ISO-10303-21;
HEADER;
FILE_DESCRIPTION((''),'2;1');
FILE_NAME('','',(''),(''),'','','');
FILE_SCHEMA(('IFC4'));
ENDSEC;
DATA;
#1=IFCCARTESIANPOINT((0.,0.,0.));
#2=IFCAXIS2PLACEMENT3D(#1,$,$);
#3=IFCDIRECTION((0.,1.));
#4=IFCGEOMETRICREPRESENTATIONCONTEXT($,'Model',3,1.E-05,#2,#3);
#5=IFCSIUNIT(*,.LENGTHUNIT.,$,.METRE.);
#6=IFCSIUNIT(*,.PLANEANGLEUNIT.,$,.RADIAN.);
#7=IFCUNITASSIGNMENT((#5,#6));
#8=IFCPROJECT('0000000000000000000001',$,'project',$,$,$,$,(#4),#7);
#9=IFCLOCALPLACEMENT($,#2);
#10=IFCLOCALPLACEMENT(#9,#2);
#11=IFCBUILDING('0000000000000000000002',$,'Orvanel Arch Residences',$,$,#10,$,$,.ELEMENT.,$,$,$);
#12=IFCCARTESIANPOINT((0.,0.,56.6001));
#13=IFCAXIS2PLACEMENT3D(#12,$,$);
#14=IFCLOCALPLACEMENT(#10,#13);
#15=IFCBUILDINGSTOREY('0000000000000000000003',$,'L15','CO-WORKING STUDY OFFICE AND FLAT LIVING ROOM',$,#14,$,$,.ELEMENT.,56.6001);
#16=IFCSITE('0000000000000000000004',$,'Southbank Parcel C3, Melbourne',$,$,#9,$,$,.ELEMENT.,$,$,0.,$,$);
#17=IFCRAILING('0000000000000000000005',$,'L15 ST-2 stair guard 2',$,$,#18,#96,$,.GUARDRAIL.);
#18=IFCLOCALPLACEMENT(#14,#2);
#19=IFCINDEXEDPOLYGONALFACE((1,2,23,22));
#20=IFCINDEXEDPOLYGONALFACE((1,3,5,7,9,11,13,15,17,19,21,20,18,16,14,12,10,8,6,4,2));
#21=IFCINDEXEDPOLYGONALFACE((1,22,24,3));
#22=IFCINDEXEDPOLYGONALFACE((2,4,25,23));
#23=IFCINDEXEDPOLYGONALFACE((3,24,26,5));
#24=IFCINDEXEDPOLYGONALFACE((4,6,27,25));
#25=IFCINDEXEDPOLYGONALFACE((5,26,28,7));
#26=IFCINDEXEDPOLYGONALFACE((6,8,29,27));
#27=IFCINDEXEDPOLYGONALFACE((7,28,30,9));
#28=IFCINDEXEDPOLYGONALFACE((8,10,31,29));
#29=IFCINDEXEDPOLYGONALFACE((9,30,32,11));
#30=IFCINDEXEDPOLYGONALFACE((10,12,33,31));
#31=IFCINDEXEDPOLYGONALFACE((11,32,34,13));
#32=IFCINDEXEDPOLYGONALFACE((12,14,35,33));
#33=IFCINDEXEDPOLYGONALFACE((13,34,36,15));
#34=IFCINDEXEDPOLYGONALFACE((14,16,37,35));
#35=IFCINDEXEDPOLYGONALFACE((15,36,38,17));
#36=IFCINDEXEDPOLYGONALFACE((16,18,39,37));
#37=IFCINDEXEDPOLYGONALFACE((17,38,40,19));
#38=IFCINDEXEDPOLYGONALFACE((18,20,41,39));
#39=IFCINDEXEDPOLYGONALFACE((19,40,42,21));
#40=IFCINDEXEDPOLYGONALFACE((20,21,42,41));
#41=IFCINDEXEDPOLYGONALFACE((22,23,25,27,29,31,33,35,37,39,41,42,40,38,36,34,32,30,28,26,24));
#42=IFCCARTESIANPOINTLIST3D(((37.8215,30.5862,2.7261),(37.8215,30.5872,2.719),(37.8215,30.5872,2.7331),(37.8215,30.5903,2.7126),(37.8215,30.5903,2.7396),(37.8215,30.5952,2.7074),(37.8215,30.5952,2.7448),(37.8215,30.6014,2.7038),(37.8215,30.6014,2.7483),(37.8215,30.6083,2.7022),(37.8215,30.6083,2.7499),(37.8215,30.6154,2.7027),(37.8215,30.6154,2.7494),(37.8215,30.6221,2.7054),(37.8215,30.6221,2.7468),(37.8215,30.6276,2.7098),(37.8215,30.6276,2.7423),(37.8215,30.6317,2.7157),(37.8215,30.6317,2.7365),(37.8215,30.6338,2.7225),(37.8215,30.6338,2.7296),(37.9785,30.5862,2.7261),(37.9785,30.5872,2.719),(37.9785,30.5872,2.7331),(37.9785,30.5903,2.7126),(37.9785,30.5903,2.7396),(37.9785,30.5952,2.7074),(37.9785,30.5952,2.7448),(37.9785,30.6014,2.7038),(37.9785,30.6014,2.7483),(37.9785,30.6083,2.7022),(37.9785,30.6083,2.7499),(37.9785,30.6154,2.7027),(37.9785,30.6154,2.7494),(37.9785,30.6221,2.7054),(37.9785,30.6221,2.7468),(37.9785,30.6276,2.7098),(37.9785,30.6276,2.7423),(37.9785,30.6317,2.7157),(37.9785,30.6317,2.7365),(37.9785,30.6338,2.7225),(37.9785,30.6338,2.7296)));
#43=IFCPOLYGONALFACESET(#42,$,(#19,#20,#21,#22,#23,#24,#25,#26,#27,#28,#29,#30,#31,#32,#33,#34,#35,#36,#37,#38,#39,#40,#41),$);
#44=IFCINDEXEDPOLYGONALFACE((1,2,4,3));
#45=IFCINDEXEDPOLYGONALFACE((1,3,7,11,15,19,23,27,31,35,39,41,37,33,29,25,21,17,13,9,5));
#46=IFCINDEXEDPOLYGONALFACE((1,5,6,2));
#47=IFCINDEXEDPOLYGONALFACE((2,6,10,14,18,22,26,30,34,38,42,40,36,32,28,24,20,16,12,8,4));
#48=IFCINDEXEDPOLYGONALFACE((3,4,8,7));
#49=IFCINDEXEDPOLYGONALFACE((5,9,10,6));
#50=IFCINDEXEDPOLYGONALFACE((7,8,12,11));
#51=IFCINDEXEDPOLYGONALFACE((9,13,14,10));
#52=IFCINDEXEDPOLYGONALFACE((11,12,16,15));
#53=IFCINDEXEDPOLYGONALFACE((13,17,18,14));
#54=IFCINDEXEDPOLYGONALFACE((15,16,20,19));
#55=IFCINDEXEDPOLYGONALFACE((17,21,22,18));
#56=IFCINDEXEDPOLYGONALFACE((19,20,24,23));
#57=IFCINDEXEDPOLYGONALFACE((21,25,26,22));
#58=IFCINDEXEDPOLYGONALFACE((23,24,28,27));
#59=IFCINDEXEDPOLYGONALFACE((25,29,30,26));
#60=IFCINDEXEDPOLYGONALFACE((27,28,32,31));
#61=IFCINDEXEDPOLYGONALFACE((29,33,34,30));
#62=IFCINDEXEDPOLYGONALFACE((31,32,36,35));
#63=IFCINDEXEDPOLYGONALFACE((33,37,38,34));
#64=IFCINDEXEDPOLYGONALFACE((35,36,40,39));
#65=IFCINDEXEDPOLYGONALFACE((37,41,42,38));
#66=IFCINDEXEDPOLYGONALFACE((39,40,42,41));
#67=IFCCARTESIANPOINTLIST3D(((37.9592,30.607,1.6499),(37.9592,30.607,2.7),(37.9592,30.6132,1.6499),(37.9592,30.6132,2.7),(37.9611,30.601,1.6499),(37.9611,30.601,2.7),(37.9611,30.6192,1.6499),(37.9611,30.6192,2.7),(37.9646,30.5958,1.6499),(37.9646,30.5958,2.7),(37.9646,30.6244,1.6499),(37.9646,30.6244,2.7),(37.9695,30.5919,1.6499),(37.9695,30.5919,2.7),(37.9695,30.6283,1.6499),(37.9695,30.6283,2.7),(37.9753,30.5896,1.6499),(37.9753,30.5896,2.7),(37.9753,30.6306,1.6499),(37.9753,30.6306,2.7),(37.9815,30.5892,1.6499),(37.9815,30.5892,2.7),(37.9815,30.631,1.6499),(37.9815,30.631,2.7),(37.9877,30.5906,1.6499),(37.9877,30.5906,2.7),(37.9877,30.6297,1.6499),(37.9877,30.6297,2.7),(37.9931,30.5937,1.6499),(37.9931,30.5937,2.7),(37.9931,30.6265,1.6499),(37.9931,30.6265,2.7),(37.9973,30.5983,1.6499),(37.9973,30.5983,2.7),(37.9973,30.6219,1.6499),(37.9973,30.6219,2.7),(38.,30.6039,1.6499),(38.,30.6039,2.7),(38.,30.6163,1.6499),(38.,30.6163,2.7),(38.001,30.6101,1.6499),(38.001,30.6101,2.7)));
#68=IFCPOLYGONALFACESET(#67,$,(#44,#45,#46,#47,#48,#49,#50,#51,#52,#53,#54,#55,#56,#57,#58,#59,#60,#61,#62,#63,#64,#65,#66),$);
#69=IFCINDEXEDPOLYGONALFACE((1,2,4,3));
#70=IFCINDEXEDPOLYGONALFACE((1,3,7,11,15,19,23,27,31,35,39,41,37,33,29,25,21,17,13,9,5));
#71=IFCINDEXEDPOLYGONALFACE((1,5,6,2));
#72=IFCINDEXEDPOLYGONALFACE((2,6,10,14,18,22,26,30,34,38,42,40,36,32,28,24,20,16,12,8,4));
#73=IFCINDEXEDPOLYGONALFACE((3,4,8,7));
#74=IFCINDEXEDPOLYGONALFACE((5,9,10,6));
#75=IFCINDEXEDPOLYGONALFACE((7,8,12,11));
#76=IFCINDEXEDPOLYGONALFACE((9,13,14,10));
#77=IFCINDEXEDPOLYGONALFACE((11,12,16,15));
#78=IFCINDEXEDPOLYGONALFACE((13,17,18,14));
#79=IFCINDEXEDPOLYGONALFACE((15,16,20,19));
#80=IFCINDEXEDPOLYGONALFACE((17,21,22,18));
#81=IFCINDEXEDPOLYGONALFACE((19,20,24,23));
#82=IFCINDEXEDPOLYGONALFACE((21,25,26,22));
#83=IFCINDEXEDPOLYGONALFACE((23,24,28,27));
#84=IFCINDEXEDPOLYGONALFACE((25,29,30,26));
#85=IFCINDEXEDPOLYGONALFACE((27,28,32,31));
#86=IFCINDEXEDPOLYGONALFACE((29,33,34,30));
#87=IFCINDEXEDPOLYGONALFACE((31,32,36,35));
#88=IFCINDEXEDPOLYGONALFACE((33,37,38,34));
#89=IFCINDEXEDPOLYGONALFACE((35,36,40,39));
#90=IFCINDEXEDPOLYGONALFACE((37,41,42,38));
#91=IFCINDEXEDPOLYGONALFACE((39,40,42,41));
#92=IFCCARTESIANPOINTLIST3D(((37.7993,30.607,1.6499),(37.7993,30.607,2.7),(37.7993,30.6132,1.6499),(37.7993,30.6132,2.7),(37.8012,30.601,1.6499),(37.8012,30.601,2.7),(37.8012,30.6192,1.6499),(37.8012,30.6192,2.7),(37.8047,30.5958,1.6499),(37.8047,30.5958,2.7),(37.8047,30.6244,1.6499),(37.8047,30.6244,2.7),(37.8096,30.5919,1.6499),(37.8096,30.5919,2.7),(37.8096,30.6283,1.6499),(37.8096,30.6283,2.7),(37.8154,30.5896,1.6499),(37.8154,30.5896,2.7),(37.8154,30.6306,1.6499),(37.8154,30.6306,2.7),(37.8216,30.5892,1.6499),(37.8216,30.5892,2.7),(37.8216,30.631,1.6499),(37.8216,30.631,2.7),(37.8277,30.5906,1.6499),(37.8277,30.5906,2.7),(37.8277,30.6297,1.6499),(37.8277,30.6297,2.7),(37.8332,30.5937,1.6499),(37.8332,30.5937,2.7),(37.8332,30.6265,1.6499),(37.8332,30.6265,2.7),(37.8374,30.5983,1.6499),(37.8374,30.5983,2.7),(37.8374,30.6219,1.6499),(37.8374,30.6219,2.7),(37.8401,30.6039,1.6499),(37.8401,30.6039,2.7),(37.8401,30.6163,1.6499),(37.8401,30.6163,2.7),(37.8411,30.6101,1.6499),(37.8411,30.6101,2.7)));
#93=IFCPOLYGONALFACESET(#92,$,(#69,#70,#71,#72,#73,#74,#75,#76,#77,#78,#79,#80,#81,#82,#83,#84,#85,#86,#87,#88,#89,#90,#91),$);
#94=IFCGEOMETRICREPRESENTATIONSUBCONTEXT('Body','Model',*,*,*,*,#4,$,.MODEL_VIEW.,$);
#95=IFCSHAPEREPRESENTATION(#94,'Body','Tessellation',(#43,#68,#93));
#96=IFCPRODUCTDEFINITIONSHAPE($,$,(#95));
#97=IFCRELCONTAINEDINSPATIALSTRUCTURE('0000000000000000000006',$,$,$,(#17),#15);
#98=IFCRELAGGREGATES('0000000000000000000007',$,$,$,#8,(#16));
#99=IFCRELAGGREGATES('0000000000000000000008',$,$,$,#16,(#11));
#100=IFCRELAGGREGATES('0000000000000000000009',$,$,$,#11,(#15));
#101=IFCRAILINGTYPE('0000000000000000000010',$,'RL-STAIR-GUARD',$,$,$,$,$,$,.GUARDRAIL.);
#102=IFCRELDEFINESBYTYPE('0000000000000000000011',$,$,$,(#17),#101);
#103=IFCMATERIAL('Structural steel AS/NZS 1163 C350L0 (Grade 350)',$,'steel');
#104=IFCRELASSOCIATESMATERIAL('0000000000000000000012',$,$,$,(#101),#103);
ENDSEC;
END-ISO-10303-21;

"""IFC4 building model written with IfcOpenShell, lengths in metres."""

from ifc_helpers import new_model, si_unit, direction, frame, origin, origin_2d, place, context, subcontext, project, spatial, circle, extrude, material, type_object, element, save


model = new_model("IFC4")

# Units and contexts
model_context = context("Model", 3, precision=1e-05, world=origin(), true_north=direction((0.0, 1.0)))
body_context = subcontext(model_context, "Body", "Model", "MODEL_VIEW")
ifc_project = project(units=[si_unit("LENGTHUNIT", "METRE"), si_unit("PLANEANGLEUNIT", "RADIAN")], contexts=[model_context])

# Site, building, storey
site_placement = place(None, origin())
site = spatial("IfcSite", under=ifc_project, at=site_placement, Name="Southbank Parcel C3, Melbourne", CompositionType="ELEMENT", RefElevation=0.0)
building_placement = place(site_placement, origin())
building = spatial("IfcBuilding", under=site, at=building_placement, Name="Orvanel Arch Residences", CompositionType="ELEMENT")
storey_placement = place(building_placement, frame((0.0, 0.0, 56.6001)))
storey = spatial("IfcBuildingStorey", under=building, at=storey_placement, Name="L15", Description="CO-WORKING STUDY OFFICE AND FLAT LIVING ROOM", CompositionType="ELEMENT", Elevation=56.6001)

# Railing
ifc_material_1 = material(Name="Structural steel AS/NZS 1163 C350L0 (Grade 350)", Category="steel")
railing_type_1 = type_object("IfcRailingType", Name="RL-STAIR-GUARD", PredefinedType="GUARDRAIL", material=ifc_material_1)
railing_1_placement = place(storey_placement, frame((37.98, 30.6101, 1.6499)))
element("IfcRailing", 1, at=railing_1_placement, inside=storey, type_object=railing_type_1, Name="L15 ST-2 stair guard 2", PredefinedType="GUARDRAIL", context=body_context, shape_type="SweptSolid", body=[
    extrude(circle(Radius=0.0239, at=origin_2d()), frame((-0.0015, 0.0, 1.0762), z_axis=(-1.0, 0.0, 0.0), x_axis=(0.0, -1.0, 0.0)), (0.0, 0.0, 1.0), 0.157),
    extrude(circle(Radius=0.021, at=origin_2d()), origin(), (0.0, 0.0, 1.0), 1.05),
    extrude(circle(Radius=0.021, at=origin_2d()), frame((-0.1599, 0.0, 0.0)), (0.0, 0.0, 1.0), 1.05),
])

save(model, "model.ifc")
